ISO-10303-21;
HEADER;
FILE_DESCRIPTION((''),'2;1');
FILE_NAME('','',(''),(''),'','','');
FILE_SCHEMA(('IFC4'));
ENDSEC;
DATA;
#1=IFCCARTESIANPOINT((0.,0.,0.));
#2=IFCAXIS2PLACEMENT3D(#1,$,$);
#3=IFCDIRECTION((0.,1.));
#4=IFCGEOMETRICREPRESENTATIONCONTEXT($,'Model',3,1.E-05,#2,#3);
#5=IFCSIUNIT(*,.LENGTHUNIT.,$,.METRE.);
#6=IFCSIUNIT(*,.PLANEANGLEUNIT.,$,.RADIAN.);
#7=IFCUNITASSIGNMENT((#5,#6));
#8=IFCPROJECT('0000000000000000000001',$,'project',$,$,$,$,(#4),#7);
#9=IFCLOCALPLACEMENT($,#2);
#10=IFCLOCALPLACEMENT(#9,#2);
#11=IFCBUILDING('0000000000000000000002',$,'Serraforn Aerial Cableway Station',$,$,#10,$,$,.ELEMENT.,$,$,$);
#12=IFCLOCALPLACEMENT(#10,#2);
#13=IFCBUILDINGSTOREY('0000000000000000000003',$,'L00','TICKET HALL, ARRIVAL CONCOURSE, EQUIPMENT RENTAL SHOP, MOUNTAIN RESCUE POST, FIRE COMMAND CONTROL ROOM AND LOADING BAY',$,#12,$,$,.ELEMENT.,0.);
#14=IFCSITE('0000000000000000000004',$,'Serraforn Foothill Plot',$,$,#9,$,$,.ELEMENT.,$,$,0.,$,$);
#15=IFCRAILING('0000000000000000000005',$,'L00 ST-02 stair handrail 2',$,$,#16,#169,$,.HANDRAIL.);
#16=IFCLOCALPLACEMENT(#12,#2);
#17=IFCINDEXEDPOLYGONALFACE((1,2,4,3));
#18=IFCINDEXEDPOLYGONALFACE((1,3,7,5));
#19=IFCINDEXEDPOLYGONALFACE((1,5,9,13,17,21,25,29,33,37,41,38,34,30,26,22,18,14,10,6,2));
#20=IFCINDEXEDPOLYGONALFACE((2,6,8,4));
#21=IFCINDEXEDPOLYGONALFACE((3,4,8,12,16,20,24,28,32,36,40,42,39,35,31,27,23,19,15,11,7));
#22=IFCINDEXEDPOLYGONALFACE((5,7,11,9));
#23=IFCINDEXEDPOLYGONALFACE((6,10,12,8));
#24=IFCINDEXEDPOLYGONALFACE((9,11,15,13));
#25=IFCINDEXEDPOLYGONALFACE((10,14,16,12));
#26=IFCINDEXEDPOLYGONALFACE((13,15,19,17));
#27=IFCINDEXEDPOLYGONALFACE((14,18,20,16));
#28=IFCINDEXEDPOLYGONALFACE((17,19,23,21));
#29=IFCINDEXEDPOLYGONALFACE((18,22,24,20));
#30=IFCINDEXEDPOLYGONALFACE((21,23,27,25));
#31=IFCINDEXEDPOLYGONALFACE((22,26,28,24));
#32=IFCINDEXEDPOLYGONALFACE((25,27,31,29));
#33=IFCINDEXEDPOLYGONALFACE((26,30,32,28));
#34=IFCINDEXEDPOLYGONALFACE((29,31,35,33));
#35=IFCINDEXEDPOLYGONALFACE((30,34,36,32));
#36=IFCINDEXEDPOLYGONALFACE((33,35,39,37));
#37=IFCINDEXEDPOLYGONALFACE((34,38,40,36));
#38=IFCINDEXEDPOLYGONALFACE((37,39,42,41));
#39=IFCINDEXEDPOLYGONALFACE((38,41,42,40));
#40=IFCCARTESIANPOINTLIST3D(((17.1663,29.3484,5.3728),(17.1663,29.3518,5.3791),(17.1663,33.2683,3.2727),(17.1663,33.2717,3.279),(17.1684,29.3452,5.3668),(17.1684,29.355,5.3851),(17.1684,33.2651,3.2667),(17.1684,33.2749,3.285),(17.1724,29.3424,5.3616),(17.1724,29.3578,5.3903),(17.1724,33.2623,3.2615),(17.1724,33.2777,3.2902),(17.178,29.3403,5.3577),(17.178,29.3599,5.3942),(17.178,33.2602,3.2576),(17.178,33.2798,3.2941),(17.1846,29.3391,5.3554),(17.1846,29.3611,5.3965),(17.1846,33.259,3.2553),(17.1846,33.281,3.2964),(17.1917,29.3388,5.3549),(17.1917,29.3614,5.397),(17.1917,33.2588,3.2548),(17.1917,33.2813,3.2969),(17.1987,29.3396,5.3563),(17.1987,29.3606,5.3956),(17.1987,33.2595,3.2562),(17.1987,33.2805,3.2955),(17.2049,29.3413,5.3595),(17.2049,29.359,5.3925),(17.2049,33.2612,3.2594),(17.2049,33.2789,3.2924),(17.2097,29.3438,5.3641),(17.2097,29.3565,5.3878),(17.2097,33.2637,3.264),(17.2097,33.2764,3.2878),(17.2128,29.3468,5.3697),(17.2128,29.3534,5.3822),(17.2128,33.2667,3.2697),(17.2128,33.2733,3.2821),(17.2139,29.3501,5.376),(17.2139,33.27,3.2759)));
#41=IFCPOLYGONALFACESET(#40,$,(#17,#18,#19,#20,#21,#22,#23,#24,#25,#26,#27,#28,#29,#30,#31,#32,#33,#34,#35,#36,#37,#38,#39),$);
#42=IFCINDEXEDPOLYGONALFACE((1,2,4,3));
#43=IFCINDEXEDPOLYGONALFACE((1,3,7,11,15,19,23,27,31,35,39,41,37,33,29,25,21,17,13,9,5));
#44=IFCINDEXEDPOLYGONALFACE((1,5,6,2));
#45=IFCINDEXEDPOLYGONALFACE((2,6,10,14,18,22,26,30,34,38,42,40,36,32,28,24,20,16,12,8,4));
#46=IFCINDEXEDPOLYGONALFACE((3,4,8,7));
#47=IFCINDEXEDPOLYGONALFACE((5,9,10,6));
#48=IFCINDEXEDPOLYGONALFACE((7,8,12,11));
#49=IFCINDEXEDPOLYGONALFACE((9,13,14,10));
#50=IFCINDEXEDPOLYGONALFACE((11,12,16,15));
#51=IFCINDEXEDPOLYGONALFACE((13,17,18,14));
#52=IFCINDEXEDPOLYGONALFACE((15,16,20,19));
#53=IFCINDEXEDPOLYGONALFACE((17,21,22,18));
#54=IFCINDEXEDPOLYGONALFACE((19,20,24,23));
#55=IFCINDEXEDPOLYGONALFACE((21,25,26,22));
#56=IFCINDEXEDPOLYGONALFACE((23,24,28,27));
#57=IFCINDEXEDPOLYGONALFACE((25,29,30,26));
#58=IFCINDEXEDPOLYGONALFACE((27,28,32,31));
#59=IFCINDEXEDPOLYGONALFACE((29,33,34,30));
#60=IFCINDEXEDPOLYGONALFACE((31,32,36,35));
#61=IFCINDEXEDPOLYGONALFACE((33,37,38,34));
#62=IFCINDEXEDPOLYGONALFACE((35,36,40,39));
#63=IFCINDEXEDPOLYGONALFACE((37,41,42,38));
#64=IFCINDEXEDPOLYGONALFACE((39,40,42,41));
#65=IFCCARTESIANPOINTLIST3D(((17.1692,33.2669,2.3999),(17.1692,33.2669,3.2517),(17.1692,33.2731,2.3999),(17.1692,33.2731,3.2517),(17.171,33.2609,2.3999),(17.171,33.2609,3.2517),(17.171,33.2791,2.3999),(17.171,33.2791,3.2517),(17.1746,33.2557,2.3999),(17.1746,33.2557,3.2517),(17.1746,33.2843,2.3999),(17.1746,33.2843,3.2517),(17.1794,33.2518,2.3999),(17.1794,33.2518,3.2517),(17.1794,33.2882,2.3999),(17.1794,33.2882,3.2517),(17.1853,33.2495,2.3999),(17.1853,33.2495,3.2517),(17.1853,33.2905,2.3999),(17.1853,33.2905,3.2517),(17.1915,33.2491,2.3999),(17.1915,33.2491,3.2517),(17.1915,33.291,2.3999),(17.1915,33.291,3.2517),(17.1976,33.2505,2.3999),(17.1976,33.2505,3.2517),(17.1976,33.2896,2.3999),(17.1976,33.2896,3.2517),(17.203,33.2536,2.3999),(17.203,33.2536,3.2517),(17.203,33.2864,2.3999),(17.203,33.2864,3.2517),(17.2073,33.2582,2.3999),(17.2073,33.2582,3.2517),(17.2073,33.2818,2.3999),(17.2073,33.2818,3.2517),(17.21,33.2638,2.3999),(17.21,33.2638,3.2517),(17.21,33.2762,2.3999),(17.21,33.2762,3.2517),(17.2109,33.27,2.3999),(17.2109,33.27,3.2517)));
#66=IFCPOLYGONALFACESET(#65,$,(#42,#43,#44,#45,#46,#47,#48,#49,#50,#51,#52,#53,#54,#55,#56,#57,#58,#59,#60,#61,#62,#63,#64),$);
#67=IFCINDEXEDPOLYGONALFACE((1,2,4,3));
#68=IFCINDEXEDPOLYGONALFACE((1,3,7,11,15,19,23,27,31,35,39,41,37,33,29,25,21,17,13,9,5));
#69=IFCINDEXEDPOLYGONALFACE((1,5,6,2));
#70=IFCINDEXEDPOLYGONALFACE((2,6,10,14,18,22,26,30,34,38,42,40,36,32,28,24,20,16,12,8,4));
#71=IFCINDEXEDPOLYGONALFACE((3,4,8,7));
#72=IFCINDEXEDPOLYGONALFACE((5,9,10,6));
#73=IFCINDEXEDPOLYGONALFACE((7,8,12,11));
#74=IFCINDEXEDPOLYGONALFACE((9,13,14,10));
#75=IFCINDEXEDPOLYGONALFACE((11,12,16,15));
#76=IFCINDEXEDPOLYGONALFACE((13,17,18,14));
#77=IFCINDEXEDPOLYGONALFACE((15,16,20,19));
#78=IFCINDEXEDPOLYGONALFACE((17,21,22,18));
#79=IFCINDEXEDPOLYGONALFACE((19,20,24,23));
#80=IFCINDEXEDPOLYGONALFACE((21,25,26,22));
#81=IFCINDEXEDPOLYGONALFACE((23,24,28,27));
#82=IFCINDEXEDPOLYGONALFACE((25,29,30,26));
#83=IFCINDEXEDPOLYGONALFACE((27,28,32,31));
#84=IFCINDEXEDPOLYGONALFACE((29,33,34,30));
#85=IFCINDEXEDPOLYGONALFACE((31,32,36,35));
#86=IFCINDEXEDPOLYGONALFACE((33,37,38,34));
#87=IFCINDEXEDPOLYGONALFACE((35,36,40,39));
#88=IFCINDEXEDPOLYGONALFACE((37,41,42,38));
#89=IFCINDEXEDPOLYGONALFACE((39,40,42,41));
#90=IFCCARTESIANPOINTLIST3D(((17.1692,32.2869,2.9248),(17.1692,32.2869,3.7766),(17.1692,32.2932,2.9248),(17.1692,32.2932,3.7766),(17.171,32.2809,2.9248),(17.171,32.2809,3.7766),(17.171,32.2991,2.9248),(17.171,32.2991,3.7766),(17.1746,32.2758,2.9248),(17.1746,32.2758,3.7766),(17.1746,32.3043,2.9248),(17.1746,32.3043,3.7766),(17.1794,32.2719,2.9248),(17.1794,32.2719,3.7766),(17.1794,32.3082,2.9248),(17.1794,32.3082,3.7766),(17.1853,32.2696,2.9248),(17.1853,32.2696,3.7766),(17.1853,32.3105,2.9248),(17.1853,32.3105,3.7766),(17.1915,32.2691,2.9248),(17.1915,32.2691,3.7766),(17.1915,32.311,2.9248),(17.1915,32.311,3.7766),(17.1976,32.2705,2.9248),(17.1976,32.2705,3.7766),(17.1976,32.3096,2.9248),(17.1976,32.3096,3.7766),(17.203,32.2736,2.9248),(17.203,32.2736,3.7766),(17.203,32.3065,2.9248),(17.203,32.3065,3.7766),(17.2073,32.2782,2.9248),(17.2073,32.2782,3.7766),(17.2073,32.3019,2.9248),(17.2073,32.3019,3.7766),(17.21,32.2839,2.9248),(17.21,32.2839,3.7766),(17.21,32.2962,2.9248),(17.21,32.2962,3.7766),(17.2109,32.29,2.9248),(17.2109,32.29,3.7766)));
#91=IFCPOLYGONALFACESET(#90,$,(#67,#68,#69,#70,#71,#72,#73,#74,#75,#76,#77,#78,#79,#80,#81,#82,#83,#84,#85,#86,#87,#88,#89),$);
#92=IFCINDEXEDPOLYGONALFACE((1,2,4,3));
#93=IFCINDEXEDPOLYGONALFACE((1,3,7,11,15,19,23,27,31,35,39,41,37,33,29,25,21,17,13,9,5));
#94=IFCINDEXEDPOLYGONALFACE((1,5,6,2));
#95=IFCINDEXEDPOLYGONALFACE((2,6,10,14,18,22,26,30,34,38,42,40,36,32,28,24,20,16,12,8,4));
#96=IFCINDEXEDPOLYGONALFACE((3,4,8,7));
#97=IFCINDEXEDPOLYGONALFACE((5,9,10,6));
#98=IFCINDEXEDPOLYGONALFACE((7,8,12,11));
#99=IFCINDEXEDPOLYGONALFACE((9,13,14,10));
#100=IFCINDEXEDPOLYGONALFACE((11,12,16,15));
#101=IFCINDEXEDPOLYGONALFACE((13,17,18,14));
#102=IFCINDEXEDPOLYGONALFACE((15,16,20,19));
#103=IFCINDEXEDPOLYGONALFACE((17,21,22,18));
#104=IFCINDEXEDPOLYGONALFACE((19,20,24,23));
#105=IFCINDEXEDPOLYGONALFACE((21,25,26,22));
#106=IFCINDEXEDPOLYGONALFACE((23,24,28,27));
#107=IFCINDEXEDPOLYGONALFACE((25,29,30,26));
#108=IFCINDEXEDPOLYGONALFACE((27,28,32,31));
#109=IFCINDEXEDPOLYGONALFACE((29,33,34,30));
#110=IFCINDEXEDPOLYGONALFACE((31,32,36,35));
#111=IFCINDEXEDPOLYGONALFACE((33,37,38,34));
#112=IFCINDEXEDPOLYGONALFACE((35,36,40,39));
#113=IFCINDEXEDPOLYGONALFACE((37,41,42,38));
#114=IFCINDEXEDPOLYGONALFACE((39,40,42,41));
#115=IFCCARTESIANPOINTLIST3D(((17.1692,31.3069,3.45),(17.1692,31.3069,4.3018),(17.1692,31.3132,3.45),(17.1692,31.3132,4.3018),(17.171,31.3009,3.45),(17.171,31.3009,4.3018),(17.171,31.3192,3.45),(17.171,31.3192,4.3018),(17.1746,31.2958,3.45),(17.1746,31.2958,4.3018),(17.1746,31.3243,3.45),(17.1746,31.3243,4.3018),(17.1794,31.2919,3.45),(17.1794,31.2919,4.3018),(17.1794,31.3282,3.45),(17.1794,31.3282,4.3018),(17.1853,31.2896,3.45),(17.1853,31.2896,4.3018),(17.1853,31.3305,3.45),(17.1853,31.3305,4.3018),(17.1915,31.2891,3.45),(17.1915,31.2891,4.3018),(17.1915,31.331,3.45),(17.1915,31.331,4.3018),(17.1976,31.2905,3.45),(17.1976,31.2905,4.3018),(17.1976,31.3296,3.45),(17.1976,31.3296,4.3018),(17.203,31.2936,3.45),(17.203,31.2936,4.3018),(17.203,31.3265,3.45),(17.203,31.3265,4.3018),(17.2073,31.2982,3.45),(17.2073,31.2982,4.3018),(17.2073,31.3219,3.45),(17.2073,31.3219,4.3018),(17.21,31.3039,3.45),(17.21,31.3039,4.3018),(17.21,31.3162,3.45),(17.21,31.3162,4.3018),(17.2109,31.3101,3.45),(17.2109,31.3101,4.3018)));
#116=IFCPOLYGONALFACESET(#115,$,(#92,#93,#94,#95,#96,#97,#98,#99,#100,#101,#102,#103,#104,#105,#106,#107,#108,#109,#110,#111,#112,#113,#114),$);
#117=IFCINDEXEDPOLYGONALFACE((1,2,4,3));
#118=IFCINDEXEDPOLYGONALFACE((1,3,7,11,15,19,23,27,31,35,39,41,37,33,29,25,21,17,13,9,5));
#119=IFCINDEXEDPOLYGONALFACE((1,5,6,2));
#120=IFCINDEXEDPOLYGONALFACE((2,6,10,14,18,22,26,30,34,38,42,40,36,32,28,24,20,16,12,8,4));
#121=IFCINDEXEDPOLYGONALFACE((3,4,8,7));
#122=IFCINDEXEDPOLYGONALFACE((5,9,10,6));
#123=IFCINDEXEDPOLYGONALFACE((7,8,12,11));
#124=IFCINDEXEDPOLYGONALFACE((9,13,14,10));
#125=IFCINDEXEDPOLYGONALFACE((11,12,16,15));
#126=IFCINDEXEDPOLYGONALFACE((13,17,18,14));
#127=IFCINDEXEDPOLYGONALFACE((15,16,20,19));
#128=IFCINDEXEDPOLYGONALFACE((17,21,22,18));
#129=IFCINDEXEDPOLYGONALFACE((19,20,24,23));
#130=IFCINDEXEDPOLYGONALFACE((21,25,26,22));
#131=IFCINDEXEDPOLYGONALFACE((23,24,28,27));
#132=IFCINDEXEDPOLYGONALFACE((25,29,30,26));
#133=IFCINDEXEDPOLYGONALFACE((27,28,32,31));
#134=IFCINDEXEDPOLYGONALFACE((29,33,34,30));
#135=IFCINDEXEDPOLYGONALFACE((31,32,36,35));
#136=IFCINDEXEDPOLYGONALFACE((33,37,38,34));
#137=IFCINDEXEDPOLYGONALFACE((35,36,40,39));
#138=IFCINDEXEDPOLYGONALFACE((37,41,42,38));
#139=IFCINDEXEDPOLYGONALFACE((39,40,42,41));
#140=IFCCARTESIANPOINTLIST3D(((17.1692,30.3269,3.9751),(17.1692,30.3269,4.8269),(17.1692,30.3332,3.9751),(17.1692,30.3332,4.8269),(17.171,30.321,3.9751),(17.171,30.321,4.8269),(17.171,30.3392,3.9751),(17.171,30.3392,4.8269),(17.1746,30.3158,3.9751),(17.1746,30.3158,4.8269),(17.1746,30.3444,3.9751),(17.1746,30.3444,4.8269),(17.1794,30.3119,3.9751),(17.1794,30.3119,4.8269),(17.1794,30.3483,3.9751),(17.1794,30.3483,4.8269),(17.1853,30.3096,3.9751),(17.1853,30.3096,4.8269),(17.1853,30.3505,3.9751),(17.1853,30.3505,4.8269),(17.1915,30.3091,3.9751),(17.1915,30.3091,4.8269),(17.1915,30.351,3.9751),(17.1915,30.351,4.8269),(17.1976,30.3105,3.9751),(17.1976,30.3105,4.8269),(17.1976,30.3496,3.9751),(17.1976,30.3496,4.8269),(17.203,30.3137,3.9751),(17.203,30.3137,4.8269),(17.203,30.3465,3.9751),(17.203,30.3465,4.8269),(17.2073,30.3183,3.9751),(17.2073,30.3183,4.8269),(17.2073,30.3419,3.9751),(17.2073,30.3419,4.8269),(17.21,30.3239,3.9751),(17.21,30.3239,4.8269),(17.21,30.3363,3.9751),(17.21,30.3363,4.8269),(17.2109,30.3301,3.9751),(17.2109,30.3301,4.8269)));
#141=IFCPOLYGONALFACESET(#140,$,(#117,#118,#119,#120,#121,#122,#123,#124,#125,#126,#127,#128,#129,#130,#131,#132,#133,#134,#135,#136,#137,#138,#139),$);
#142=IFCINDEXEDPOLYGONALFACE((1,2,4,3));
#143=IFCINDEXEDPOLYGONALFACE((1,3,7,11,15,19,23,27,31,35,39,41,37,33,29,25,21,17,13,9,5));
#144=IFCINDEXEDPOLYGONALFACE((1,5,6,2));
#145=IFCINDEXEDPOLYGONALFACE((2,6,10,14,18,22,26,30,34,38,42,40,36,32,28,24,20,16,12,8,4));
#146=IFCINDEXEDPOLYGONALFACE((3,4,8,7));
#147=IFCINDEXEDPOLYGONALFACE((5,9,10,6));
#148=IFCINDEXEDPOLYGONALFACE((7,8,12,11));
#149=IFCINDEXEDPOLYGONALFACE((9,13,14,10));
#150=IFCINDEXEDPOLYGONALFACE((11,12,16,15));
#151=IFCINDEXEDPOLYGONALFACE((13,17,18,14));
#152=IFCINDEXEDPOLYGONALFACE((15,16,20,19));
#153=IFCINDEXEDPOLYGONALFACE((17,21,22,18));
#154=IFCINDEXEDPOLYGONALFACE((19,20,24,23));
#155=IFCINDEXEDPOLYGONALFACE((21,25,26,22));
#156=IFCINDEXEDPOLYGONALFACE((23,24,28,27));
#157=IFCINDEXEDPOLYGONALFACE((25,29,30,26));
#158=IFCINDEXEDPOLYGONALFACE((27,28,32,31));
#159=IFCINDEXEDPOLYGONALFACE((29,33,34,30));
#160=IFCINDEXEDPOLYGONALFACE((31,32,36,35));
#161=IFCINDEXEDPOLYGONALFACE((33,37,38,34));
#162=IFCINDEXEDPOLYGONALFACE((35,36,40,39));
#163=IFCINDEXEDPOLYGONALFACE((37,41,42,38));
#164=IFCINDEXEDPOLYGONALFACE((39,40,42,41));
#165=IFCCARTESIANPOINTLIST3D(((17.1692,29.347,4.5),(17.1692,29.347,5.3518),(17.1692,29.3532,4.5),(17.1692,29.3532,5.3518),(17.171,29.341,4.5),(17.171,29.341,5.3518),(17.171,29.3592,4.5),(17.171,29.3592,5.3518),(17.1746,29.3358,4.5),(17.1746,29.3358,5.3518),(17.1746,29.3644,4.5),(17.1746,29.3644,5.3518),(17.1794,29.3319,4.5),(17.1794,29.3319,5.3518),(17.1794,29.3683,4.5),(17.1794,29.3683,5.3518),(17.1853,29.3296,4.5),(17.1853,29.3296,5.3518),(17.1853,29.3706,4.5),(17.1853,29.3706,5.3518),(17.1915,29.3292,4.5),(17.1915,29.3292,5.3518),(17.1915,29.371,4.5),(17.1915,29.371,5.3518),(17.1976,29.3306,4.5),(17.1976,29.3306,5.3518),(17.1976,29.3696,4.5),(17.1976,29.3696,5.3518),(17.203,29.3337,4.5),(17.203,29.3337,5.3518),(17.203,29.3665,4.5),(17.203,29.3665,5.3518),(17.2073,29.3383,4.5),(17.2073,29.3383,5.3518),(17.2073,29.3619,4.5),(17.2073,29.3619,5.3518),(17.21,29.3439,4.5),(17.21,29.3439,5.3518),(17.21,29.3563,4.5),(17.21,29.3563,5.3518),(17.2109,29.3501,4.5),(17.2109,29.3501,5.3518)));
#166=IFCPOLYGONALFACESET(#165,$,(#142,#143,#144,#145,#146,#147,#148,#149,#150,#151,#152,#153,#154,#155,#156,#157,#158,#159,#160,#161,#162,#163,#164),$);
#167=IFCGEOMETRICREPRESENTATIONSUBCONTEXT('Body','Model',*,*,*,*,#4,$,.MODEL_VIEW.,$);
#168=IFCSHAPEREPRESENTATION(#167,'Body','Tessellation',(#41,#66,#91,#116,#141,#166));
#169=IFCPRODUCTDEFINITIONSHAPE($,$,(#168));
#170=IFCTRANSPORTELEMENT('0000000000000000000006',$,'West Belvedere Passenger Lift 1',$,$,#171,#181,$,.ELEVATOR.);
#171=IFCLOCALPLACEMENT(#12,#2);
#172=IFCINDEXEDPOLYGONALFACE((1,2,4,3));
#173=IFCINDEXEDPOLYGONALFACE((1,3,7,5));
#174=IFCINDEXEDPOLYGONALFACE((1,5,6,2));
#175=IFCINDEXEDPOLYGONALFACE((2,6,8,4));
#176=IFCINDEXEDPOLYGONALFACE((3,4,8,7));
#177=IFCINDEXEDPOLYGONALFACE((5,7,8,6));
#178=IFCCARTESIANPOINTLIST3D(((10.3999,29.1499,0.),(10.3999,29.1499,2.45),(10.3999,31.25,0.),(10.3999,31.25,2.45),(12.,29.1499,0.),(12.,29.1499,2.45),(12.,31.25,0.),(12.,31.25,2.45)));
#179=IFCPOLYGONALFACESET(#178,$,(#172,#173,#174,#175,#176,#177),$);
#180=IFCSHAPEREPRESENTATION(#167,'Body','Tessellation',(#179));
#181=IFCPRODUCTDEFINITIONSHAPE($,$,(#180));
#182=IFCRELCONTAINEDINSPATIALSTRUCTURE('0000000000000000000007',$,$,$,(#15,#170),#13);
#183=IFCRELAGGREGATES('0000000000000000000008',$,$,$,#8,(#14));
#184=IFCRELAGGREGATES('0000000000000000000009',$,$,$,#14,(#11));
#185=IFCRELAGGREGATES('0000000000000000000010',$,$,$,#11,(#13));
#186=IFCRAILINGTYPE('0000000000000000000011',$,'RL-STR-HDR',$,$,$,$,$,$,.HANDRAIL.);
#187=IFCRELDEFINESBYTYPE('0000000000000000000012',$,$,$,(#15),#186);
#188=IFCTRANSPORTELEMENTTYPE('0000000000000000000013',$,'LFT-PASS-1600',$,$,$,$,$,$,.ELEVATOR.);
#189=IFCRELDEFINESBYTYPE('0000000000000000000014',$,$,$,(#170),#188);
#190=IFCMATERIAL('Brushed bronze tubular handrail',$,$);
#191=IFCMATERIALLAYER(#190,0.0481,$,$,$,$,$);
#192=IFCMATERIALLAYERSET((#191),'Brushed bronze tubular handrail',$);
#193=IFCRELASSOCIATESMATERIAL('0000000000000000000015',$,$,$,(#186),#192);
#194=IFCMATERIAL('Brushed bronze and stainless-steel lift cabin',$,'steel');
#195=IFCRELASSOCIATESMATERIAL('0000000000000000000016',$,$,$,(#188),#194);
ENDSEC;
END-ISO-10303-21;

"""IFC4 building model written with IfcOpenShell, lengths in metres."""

from ifc_helpers import new_model, si_unit, direction, frame, origin, origin_2d, place, context, subcontext, project, spatial, rectangle, circle, extrude, material, layer, layer_set, type_object, element, save


model = new_model("IFC4")

# Units and contexts
model_context = context("Model", 3, precision=1e-05, world=origin(), true_north=direction((0.0, 1.0)))
body_context = subcontext(model_context, "Body", "Model", "MODEL_VIEW")
ifc_project = project(units=[si_unit("LENGTHUNIT", "METRE"), si_unit("PLANEANGLEUNIT", "RADIAN")], contexts=[model_context])

# Site, building, storey
site_placement = place(None, origin())
site = spatial("IfcSite", under=ifc_project, at=site_placement, Name="Serraforn Foothill Plot", CompositionType="ELEMENT", RefElevation=0.0)
building_placement = place(site_placement, origin())
building = spatial("IfcBuilding", under=site, at=building_placement, Name="Serraforn Aerial Cableway Station", CompositionType="ELEMENT")
storey_placement = place(building_placement, origin())
storey = spatial("IfcBuildingStorey", under=building, at=storey_placement, Name="L00", Description="TICKET HALL, ARRIVAL CONCOURSE, EQUIPMENT RENTAL SHOP, MOUNTAIN RESCUE POST, FIRE COMMAND CONTROL ROOM AND LOADING BAY", CompositionType="ELEMENT", Elevation=0.0)

# Railing
ifc_material_1 = material(Name="Brushed bronze tubular handrail")
ifc_layer_1 = layer(ifc_material_1, 0.0481)
ifc_layer_set_1 = layer_set([ifc_layer_1], Name="Brushed bronze tubular handrail")
railing_type_1 = type_object("IfcRailingType", Name="RL-STR-HDR", PredefinedType="HANDRAIL", material=ifc_layer_set_1)
railing_1_placement = place(storey_placement, frame((17.1899, 33.27, 2.3999)))
element("IfcRailing", 1, at=railing_1_placement, inside=storey, type_object=railing_type_1, Name="L00 ST-02 stair handrail 2", PredefinedType="HANDRAIL", context=body_context, shape_type="SweptSolid", body=[
    extrude(circle(Radius=0.0239, at=origin_2d()), frame((0.0, 0.0, 0.876), z_axis=(0.0, -0.881467, 0.472246), x_axis=(1.0, 0.0, 0.0)), (0.0, 0.0, 1.0), 4.447),
    extrude(circle(Radius=0.021, at=origin_2d()), origin(), (0.0, 0.0, 1.0), 0.8518),
    extrude(circle(Radius=0.021, at=origin_2d()), frame((0.0, -0.98, 0.5249)), (0.0, 0.0, 1.0), 0.8518),
    extrude(circle(Radius=0.021, at=origin_2d()), frame((0.0, -1.96, 1.05)), (0.0, 0.0, 1.0), 0.8518),
    extrude(circle(Radius=0.021, at=origin_2d()), frame((0.0, -2.9399, 1.5752)), (0.0, 0.0, 1.0), 0.8518),
    extrude(circle(Radius=0.021, at=origin_2d()), frame((0.0, -3.9199, 2.1001)), (0.0, 0.0, 1.0), 0.8518),
])

# Transport element
ifc_material_2 = material(Name="Brushed bronze and stainless-steel lift cabin", Category="steel")
transport_element_type = type_object("IfcTransportElementType", Name="LFT-PASS-1600", PredefinedType="ELEVATOR", material=ifc_material_2)
transport_element_placement = place(storey_placement, frame((11.2, 30.2, 0.0), z_axis=(0.0, 0.0, 1.0), x_axis=(1.0, 0.0, 0.0)))
element("IfcTransportElement", 2, at=transport_element_placement, inside=storey, type_object=transport_element_type, Name="West Belvedere Passenger Lift 1", PredefinedType="ELEVATOR", context=body_context, shape_type="SweptSolid", body=[
    extrude(rectangle(XDim=1.6001, YDim=2.1001, at=origin_2d()), origin(), (0.0, 0.0, 1.0), 2.45),
])

save(model, "model.ifc")
